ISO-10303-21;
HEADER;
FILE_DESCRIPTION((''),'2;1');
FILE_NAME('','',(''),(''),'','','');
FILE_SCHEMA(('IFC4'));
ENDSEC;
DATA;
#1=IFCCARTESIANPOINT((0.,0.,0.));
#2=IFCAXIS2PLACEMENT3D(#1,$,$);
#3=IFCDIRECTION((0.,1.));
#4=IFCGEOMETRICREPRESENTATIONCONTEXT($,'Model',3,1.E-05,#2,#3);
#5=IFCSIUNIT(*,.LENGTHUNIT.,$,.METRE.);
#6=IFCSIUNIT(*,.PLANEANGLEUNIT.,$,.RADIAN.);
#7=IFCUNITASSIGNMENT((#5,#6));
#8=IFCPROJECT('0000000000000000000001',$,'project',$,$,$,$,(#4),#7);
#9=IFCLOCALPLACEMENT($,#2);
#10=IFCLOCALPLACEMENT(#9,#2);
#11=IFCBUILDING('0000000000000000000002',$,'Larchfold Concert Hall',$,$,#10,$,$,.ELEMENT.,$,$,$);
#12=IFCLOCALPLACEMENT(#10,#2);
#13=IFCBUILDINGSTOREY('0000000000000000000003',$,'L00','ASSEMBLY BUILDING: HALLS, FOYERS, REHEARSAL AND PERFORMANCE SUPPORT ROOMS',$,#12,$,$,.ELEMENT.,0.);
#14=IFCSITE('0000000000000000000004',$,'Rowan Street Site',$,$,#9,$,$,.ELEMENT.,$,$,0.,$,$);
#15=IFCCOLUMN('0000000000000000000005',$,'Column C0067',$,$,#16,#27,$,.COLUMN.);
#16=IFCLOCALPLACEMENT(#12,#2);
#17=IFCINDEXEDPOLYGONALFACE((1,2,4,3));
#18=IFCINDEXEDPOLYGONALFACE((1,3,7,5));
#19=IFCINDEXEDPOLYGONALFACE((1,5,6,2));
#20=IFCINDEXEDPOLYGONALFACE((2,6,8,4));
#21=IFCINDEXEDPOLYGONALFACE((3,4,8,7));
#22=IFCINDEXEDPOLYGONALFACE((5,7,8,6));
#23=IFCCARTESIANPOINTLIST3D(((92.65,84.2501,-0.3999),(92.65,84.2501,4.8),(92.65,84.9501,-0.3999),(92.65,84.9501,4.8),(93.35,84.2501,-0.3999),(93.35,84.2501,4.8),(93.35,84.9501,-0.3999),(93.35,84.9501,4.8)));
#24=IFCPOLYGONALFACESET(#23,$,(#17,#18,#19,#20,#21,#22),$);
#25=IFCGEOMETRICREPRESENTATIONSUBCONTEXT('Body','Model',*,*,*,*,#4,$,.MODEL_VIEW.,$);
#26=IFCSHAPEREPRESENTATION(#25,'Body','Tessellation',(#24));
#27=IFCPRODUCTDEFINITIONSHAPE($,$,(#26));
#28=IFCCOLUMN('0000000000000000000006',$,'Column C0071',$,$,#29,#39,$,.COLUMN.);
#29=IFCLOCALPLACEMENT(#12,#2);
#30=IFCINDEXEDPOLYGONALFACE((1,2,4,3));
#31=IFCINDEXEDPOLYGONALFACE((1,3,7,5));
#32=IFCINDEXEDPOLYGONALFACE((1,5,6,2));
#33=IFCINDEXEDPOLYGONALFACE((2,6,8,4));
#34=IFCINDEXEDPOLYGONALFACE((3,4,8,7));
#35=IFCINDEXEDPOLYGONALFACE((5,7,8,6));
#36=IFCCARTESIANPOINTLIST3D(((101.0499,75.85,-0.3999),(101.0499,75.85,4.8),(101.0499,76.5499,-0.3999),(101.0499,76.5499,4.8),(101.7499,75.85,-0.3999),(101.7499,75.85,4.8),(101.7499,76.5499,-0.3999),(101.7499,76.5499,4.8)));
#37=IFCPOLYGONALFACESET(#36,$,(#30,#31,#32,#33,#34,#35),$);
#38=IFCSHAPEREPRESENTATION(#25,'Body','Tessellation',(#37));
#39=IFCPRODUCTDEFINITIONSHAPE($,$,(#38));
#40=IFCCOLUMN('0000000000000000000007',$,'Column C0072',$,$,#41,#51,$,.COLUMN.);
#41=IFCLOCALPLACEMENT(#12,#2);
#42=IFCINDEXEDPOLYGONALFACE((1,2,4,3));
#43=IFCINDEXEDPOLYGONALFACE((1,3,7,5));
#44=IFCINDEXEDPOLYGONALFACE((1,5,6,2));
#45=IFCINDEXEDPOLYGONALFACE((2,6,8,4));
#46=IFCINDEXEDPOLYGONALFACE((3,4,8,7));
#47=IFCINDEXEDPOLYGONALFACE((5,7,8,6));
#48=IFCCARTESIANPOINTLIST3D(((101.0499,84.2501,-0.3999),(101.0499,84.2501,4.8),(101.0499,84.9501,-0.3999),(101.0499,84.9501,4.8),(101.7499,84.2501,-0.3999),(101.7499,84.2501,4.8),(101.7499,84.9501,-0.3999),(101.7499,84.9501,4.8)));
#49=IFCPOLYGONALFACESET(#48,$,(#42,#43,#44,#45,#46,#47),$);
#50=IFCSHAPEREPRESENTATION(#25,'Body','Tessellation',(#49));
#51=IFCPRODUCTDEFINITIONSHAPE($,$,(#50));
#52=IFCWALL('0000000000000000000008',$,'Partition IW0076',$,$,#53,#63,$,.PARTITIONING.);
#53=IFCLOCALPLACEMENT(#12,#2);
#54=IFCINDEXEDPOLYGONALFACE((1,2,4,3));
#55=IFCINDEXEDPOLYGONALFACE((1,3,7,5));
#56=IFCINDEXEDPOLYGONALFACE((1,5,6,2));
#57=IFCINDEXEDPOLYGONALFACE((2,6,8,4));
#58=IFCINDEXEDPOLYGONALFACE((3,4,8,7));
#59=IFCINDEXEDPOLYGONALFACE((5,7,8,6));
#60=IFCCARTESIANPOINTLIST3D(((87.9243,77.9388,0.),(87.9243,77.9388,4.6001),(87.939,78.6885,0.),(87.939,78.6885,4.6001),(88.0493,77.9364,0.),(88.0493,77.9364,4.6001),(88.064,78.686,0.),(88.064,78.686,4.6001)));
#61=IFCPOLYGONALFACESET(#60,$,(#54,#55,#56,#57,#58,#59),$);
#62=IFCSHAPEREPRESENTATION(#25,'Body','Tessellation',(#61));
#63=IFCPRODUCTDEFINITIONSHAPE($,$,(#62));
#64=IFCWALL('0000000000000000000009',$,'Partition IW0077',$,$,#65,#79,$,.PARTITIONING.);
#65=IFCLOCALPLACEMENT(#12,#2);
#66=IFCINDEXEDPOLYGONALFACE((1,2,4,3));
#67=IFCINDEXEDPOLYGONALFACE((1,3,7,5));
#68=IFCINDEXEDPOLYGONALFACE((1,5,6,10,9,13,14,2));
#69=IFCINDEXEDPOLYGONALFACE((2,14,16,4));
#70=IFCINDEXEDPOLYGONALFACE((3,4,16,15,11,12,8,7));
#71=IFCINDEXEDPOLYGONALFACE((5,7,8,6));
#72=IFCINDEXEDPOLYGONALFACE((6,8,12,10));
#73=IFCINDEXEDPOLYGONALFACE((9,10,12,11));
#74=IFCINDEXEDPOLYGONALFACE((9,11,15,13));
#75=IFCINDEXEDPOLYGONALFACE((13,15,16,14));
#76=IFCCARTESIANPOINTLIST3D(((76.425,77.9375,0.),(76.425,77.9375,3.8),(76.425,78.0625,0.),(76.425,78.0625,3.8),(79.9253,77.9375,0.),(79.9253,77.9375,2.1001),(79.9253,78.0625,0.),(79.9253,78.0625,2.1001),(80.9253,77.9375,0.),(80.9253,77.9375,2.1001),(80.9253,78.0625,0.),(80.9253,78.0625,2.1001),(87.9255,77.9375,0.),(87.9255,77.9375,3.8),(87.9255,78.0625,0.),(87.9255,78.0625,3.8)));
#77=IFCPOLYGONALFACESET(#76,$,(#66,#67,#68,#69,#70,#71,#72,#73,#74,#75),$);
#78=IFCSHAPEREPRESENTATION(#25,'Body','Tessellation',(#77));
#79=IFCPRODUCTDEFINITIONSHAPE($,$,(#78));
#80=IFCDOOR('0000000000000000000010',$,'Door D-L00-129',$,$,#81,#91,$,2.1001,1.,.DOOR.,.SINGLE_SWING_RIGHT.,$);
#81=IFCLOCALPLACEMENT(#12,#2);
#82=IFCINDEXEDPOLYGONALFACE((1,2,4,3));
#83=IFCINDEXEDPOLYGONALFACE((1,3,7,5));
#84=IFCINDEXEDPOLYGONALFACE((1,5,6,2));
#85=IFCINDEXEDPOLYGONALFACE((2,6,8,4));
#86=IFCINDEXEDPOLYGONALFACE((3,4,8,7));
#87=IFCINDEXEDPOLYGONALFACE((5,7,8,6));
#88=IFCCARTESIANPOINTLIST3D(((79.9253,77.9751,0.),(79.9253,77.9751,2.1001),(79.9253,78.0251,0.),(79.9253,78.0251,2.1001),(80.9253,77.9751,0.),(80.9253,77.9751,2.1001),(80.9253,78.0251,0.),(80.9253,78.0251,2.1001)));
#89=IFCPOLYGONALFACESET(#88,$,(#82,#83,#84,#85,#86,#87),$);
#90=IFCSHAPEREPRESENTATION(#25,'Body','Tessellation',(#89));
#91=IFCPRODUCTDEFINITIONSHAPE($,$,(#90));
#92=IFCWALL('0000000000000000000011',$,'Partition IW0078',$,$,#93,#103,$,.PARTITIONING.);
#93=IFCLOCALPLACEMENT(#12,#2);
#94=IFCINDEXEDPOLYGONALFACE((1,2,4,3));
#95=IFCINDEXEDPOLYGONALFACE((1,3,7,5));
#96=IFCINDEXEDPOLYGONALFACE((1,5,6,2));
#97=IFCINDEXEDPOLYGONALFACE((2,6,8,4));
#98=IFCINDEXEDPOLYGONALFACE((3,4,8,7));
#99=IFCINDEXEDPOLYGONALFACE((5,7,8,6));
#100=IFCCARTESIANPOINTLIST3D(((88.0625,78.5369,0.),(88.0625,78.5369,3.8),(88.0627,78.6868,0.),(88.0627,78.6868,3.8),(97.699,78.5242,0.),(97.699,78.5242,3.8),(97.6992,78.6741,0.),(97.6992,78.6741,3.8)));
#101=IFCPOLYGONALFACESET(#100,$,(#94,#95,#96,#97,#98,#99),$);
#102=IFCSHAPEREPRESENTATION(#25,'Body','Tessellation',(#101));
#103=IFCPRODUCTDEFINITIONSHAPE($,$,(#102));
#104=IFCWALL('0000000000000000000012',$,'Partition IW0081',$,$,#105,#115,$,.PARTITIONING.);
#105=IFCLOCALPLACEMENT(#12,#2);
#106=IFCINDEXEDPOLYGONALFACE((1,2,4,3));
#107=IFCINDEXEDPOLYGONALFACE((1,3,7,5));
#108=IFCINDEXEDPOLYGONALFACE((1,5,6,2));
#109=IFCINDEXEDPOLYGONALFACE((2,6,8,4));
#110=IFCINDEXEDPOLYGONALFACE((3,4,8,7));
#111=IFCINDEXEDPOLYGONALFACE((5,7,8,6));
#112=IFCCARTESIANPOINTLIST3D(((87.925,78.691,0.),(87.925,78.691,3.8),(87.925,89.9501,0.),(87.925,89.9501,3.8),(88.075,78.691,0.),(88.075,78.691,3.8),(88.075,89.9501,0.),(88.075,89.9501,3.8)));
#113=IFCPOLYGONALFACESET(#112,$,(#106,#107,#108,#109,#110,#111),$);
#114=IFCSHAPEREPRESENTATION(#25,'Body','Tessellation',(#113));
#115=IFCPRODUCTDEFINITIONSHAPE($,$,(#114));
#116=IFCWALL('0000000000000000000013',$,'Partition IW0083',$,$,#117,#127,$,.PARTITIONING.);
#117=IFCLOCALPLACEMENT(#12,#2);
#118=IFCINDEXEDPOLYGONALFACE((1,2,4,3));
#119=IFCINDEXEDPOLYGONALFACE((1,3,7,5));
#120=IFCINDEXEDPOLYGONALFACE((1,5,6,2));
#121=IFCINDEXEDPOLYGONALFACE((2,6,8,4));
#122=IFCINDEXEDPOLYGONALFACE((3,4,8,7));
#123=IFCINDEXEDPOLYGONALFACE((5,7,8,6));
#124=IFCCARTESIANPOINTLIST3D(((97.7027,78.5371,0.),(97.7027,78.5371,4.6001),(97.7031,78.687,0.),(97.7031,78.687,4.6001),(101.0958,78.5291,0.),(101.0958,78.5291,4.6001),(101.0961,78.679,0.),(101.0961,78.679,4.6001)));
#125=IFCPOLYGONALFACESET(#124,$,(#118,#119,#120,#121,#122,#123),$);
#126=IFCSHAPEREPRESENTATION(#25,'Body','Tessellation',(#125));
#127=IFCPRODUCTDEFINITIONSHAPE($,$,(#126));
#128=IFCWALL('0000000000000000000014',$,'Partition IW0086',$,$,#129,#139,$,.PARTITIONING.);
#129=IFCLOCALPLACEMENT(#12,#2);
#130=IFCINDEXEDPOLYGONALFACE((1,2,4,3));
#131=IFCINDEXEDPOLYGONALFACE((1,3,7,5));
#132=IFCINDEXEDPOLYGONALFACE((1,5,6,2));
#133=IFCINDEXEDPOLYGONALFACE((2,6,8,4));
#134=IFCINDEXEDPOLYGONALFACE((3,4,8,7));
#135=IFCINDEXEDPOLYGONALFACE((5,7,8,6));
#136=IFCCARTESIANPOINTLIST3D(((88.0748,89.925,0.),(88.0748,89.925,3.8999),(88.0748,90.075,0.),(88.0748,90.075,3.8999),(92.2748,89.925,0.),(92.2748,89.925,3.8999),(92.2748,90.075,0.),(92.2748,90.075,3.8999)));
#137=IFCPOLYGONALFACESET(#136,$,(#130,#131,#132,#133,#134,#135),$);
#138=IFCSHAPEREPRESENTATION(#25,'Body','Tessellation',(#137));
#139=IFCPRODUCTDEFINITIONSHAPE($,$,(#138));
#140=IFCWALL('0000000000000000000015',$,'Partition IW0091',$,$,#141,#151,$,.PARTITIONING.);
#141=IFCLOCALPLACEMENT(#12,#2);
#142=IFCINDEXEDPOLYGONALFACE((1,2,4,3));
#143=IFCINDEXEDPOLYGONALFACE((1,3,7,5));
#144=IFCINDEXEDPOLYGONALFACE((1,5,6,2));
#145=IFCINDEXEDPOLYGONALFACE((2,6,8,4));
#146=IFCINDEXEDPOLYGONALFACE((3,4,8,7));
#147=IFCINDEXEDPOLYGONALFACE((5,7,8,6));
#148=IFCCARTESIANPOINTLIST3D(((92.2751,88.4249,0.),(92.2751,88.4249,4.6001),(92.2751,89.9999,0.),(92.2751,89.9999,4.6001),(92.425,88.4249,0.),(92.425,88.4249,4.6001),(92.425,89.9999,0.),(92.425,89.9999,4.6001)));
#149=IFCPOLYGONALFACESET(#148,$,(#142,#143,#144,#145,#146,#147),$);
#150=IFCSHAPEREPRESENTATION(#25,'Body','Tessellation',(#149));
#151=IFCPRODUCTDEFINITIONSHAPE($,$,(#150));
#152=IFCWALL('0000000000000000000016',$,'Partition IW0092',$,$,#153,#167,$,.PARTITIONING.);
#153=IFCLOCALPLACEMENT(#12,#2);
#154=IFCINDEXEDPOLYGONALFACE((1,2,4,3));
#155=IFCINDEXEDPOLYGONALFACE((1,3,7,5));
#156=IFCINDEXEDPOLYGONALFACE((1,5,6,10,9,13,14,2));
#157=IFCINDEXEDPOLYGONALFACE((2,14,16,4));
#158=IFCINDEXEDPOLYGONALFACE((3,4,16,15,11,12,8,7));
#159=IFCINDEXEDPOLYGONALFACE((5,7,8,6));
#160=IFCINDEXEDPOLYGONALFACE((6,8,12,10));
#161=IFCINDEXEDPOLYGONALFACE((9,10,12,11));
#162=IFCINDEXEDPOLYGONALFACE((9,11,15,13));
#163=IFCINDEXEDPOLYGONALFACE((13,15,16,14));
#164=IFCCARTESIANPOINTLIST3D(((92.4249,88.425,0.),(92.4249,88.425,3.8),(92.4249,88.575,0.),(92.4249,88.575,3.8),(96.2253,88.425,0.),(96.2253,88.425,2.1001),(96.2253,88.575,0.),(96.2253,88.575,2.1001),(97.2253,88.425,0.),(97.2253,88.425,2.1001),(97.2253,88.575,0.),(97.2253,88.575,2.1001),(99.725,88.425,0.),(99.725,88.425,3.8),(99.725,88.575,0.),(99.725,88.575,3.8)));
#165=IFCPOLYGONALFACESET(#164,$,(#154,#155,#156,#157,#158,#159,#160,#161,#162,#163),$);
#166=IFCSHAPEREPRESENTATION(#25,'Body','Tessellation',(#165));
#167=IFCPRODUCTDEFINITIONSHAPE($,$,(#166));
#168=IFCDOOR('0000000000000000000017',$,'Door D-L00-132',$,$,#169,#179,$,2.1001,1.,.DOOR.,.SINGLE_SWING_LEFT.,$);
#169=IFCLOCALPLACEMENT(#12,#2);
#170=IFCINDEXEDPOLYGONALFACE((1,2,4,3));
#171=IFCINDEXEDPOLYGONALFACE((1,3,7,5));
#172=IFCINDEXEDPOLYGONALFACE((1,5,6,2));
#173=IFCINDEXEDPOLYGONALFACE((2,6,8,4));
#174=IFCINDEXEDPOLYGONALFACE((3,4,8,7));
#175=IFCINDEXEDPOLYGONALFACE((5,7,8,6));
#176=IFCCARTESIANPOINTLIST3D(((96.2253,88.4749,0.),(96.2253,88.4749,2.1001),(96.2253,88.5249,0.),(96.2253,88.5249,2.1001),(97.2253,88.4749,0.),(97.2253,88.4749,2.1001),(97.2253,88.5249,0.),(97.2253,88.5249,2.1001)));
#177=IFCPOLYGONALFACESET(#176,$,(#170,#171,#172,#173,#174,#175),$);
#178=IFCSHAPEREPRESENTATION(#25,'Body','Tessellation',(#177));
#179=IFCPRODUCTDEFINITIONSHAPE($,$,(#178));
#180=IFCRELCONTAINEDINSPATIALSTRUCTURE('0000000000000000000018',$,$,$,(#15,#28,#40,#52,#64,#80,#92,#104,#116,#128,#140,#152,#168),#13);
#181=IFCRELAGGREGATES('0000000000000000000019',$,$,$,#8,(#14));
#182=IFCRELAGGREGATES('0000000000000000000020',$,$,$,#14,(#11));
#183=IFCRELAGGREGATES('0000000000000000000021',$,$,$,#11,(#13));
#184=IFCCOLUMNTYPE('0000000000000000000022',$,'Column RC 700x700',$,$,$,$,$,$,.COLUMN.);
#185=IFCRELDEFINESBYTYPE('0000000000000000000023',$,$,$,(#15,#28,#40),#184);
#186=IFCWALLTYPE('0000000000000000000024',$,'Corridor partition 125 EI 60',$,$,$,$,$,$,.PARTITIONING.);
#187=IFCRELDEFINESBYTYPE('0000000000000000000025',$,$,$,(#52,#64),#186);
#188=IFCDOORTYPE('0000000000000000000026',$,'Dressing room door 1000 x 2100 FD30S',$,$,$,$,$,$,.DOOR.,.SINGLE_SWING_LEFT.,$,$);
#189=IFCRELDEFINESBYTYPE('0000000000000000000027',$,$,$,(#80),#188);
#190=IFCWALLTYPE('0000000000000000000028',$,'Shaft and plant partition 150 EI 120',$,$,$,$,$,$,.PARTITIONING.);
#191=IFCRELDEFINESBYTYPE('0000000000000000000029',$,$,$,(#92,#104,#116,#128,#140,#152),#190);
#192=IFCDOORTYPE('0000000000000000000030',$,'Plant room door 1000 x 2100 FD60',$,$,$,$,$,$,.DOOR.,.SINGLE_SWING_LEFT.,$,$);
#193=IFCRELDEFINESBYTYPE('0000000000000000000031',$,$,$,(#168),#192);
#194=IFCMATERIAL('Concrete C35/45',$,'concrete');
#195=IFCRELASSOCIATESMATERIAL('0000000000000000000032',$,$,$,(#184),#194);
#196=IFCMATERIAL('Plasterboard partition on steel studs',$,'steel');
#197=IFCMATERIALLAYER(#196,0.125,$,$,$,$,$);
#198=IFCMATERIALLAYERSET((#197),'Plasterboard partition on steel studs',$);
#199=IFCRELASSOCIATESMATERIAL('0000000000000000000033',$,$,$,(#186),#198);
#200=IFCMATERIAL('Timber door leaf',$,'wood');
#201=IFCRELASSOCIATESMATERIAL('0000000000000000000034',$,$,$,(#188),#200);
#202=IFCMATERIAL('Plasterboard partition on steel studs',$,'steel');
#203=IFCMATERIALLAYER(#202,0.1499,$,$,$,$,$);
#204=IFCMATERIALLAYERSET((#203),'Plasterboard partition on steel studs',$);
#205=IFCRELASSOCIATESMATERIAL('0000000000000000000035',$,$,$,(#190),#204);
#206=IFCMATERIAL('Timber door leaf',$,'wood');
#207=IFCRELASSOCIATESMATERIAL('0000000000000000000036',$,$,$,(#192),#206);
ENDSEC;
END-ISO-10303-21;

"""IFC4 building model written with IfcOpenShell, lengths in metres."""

from ifc_helpers import new_model, si_unit, direction, frame, frame_2d, origin, origin_2d, place, context, subcontext, project, spatial, rectangle, extrude, material, layer, layer_set, material_profile, profile_set, type_object, element, fill, save


model = new_model("IFC4")

# Units and contexts
model_context = context("Model", 3, precision=1e-05, world=origin(), true_north=direction((0.0, 1.0)))
body_context = subcontext(model_context, "Body", "Model", "MODEL_VIEW")
ifc_project = project(units=[si_unit("LENGTHUNIT", "METRE"), si_unit("PLANEANGLEUNIT", "RADIAN")], contexts=[model_context])

# Site, building, storey
site_placement = place(None, origin())
site = spatial("IfcSite", under=ifc_project, at=site_placement, Name="Rowan Street Site", CompositionType="ELEMENT", RefElevation=0.0)
building_placement = place(site_placement, origin())
building = spatial("IfcBuilding", under=site, at=building_placement, Name="Larchfold Concert Hall", CompositionType="ELEMENT")
storey_placement = place(building_placement, origin())
storey = spatial("IfcBuildingStorey", under=building, at=storey_placement, Name="L00", Description="ASSEMBLY BUILDING: HALLS, FOYERS, REHEARSAL AND PERFORMANCE SUPPORT ROOMS", CompositionType="ELEMENT", Elevation=0.0)

# Columns
ifc_material_1 = material(Name="Concrete C35/45", Category="concrete")
ifc_material_profile_1 = material_profile(ifc_material_1, rectangle(XDim=0.7, YDim=0.7, at=origin_2d()))
ifc_profile_set_1 = profile_set([ifc_material_profile_1], Name="Concrete C35/45")
column_type = type_object("IfcColumnType", Name="Column RC 700x700", PredefinedType="COLUMN", material=ifc_profile_set_1)
for number, where, z_axis, x_axis, name in (
    (1, (93.0, 84.6001, -0.3999), (0.0, 0.0, 1.0), (1.0, 0.0, 0.0), "Column C0067"),
    (2, (101.3999, 76.2, -0.3999), (0.0, 0.0, 1.0), (1.0, 0.0, 0.0), "Column C0071"),
    (3, (101.3999, 84.6001, -0.3999), (0.0, 0.0, 1.0), (1.0, 0.0, 0.0), "Column C0072"),
):
    element("IfcColumn", number, at=place(storey_placement, frame(where, z_axis=z_axis, x_axis=x_axis)), inside=storey, type_object=column_type, Name=name, PredefinedType="COLUMN", context=body_context, shape_type="SweptSolid", body=[
        extrude(rectangle(XDim=0.7, YDim=0.7, at=origin_2d()), origin(), (0.0, 0.0, 1.0), 5.2),
    ])

# Wall
ifc_material_2 = material(Name="Plasterboard partition on steel studs", Category="steel")
ifc_layer_1 = layer(ifc_material_2, 0.125)
ifc_layer_set_1 = layer_set([ifc_layer_1], Name="Plasterboard partition on steel studs")
wall_type_1 = type_object("IfcWallType", Name="Corridor partition 125 EI 60", PredefinedType="PARTITIONING", material=ifc_layer_set_1)
wall_1_placement = place(storey_placement, frame((87.9868, 77.9375, 0.0), z_axis=(0.0, 0.0, 1.0), x_axis=(0.01954, 0.999809, 0.0)))
element("IfcWall", 4, at=wall_1_placement, inside=storey, type_object=wall_type_1, Name="Partition IW0076", PredefinedType="PARTITIONING", context=body_context, shape_type="SweptSolid", body=[
    extrude(rectangle(XDim=0.7498, YDim=0.125, at=frame_2d((0.375, 0.0))), origin(), (0.0, 0.0, 1.0), 4.6001),
])

# Wall, opening, door
wall_2_placement = place(storey_placement, frame((87.9255, 78.0, 0.0), z_axis=(0.0, 0.0, 1.0), x_axis=(-1.0, 0.0, 0.0)))
wall_2 = element("IfcWall", 5, at=wall_2_placement, inside=storey, type_object=wall_type_1, Name="Partition IW0077", PredefinedType="PARTITIONING", context=body_context, shape_type="SweptSolid", body=[
    extrude(rectangle(XDim=11.5005, YDim=0.125, at=frame_2d((5.7502, 0.0))), origin(), (0.0, 0.0, 1.0), 3.8),
])
opening_1_placement = place(wall_2_placement, frame((7.0002, 0.0, 0.0)))
opening_1 = element("IfcOpeningElement", 6, at=opening_1_placement, cuts=wall_2, PredefinedType="OPENING", context=body_context, shape_type="SweptSolid", body=[
    extrude(rectangle(XDim=1.0, YDim=2.1001, at=frame_2d((0.5, 1.05))), frame((0.0, 0.0725, 0.0), z_axis=(0.0, -1.0, 0.0), x_axis=(1.0, 0.0, 0.0)), (0.0, 0.0, 1.0), 0.145),
])
ifc_material_3 = material(Name="Timber door leaf", Category="wood")
door_type_1 = type_object("IfcDoorType", Name="Dressing room door 1000 x 2100 FD30S", OperationType="SINGLE_SWING_LEFT", PredefinedType="DOOR", material=ifc_material_3)
door_1_placement = place(opening_1_placement, origin())
door_1 = element("IfcDoor", 7, at=door_1_placement, inside=storey, type_object=door_type_1, Name="Door D-L00-129", OperationType="SINGLE_SWING_RIGHT", OverallHeight=2.1001, OverallWidth=1.0, PredefinedType="DOOR", context=body_context, shape_type="SweptSolid", body=[
    extrude(rectangle(XDim=1.0, YDim=2.1001, at=frame_2d((0.5, 1.05))), frame((0.0, 0.0249, 0.0), z_axis=(0.0, -1.0, 0.0), x_axis=(1.0, 0.0, 0.0)), (0.0, 0.0, 1.0), 0.05),
])
fill(opening_1, door_1)

# Walls
ifc_material_4 = material(Name="Plasterboard partition on steel studs", Category="steel")
ifc_layer_2 = layer(ifc_material_4, 0.1499)
ifc_layer_set_2 = layer_set([ifc_layer_2], Name="Plasterboard partition on steel studs")
wall_type_2 = type_object("IfcWallType", Name="Shaft and plant partition 150 EI 120", PredefinedType="PARTITIONING", material=ifc_layer_set_2)
wall_3_placement = place(storey_placement, frame((88.0625, 78.6118, 0.0), z_axis=(0.0, 0.0, 1.0), x_axis=(0.999999, -0.001317, 0.0)))
element("IfcWall", 8, at=wall_3_placement, inside=storey, type_object=wall_type_2, Name="Partition IW0078", PredefinedType="PARTITIONING", context=body_context, shape_type="SweptSolid", body=[
    extrude(rectangle(XDim=9.6365, YDim=0.1499, at=frame_2d((4.8184, 0.0))), origin(), (0.0, 0.0, 1.0), 3.8),
])
wall_4_placement = place(storey_placement, frame((88.0, 89.95, 0.0), z_axis=(0.0, 0.0, 1.0), x_axis=(0.0, -1.0, 0.0)))
element("IfcWall", 9, at=wall_4_placement, inside=storey, type_object=wall_type_2, Name="Partition IW0081", PredefinedType="PARTITIONING", context=body_context, shape_type="SweptSolid", body=[
    extrude(rectangle(XDim=11.259, YDim=0.1499, at=frame_2d((5.6294, 0.0))), origin(), (0.0, 0.0, 1.0), 3.8),
])
wall_5_placement = place(storey_placement, frame((97.7029, 78.6121, 0.0), z_axis=(0.0, 0.0, 1.0), x_axis=(0.999997, -0.002374, 0.0)))
element("IfcWall", 10, at=wall_5_placement, inside=storey, type_object=wall_type_2, Name="Partition IW0083", PredefinedType="PARTITIONING", context=body_context, shape_type="SweptSolid", body=[
    extrude(rectangle(XDim=3.3931, YDim=0.1499, at=frame_2d((1.6965, 0.0))), origin(), (0.0, 0.0, 1.0), 4.6001),
])
wall_6_placement = place(storey_placement, frame((92.2749, 90.0, 0.0), z_axis=(0.0, 0.0, 1.0), x_axis=(-1.0, 0.0, 0.0)))
element("IfcWall", 11, at=wall_6_placement, inside=storey, type_object=wall_type_2, Name="Partition IW0086", PredefinedType="PARTITIONING", context=body_context, shape_type="SweptSolid", body=[
    extrude(rectangle(XDim=4.2, YDim=0.1499, at=frame_2d((2.1001, 0.0))), origin(), (0.0, 0.0, 1.0), 3.8999),
])
wall_7_placement = place(storey_placement, frame((92.3501, 90.0, 0.0), z_axis=(0.0, 0.0, 1.0), x_axis=(0.0, -1.0, 0.0)))
element("IfcWall", 12, at=wall_7_placement, inside=storey, type_object=wall_type_2, Name="Partition IW0091", PredefinedType="PARTITIONING", context=body_context, shape_type="SweptSolid", body=[
    extrude(rectangle(XDim=1.575, YDim=0.1499, at=frame_2d((0.7876, 0.0))), origin(), (0.0, 0.0, 1.0), 4.6001),
])

# Wall, opening, door
wall_8_placement = place(storey_placement, frame((92.425, 88.5, 0.0), z_axis=(0.0, 0.0, 1.0), x_axis=(1.0, 0.0, 0.0)))
wall_8 = element("IfcWall", 13, at=wall_8_placement, inside=storey, type_object=wall_type_2, Name="Partition IW0092", PredefinedType="PARTITIONING", context=body_context, shape_type="SweptSolid", body=[
    extrude(rectangle(XDim=7.3, YDim=0.1499, at=frame_2d((3.6499, 0.0))), origin(), (0.0, 0.0, 1.0), 3.8),
])
opening_2_placement = place(wall_8_placement, frame((3.8003, 0.0, 0.0)))
opening_2 = element("IfcOpeningElement", 14, at=opening_2_placement, cuts=wall_8, PredefinedType="OPENING", context=body_context, shape_type="SweptSolid", body=[
    extrude(rectangle(XDim=1.0, YDim=2.1001, at=frame_2d((0.5, 1.05))), frame((0.0, 0.085, 0.0), z_axis=(0.0, -1.0, 0.0), x_axis=(1.0, 0.0, 0.0)), (0.0, 0.0, 1.0), 0.1699),
])
ifc_material_5 = material(Name="Timber door leaf", Category="wood")
door_type_2 = type_object("IfcDoorType", Name="Plant room door 1000 x 2100 FD60", OperationType="SINGLE_SWING_LEFT", PredefinedType="DOOR", material=ifc_material_5)
door_2_placement = place(opening_2_placement, origin())
door_2 = element("IfcDoor", 15, at=door_2_placement, inside=storey, type_object=door_type_2, Name="Door D-L00-132", OperationType="SINGLE_SWING_LEFT", OverallHeight=2.1001, OverallWidth=1.0, PredefinedType="DOOR", context=body_context, shape_type="SweptSolid", body=[
    extrude(rectangle(XDim=1.0, YDim=2.1001, at=frame_2d((0.5, 1.05))), frame((0.0, 0.0249, 0.0), z_axis=(0.0, -1.0, 0.0), x_axis=(1.0, 0.0, 0.0)), (0.0, 0.0, 1.0), 0.05),
])
fill(opening_2, door_2)

save(model, "model.ifc")
